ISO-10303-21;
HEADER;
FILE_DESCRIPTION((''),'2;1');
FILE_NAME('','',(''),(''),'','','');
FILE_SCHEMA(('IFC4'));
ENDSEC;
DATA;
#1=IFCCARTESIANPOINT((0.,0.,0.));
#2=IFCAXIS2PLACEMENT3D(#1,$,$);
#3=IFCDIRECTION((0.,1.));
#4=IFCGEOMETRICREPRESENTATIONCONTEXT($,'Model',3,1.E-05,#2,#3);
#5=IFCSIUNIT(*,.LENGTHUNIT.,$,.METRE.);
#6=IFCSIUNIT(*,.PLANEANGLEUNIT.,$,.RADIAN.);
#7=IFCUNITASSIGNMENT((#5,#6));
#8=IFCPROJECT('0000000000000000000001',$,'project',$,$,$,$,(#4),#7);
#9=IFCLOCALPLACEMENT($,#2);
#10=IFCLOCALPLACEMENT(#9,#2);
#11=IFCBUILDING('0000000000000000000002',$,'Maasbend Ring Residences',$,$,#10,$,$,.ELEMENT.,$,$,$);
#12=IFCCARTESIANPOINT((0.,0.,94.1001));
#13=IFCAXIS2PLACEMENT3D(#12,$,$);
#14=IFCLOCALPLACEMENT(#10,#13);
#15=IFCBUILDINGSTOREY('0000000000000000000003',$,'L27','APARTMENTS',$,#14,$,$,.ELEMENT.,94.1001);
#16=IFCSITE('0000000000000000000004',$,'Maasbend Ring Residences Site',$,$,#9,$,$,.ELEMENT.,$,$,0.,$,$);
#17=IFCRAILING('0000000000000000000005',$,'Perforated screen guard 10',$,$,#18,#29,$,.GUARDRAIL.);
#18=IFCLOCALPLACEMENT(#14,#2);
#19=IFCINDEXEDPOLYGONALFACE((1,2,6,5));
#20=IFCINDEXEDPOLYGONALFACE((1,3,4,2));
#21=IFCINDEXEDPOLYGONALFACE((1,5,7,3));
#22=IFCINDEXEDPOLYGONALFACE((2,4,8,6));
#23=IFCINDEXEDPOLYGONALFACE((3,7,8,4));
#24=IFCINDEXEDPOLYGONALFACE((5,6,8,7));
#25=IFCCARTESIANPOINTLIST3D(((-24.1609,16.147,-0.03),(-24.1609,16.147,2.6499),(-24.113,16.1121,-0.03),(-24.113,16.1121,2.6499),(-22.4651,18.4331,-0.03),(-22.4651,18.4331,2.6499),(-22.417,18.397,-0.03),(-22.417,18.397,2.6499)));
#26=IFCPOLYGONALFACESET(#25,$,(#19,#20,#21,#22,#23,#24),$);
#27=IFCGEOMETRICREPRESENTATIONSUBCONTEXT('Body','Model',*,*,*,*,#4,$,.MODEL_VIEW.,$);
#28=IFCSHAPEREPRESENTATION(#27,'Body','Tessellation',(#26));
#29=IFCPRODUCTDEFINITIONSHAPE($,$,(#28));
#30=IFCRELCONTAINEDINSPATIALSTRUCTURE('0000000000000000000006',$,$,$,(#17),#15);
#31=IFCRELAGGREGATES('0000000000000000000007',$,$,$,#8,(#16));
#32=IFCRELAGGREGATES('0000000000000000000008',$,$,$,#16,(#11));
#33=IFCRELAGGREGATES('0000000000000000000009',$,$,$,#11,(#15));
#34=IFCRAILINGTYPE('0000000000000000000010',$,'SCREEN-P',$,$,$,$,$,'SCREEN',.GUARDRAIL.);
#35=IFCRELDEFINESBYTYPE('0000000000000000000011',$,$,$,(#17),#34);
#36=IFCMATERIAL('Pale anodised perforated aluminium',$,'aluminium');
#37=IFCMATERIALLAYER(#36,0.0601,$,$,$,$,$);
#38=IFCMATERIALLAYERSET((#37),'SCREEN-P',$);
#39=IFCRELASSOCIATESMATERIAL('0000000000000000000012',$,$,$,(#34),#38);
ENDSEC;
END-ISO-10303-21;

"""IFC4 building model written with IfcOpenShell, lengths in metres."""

from ifc_helpers import new_model, si_unit, direction, frame, origin, place, context, subcontext, project, spatial, polyline, outline, extrude, material, layer, layer_set, type_object, element, save


model = new_model("IFC4")

# Units and contexts
model_context = context("Model", 3, precision=1e-05, world=origin(), true_north=direction((0.0, 1.0)))
body_context = subcontext(model_context, "Body", "Model", "MODEL_VIEW")
ifc_project = project(units=[si_unit("LENGTHUNIT", "METRE"), si_unit("PLANEANGLEUNIT", "RADIAN")], contexts=[model_context])

# Site, building, storey
site_placement = place(None, origin())
site = spatial("IfcSite", under=ifc_project, at=site_placement, Name="Maasbend Ring Residences Site", CompositionType="ELEMENT", RefElevation=0.0)
building_placement = place(site_placement, origin())
building = spatial("IfcBuilding", under=site, at=building_placement, Name="Maasbend Ring Residences", CompositionType="ELEMENT")
storey_placement = place(building_placement, frame((0.0, 0.0, 94.1001)))
storey = spatial("IfcBuildingStorey", under=building, at=storey_placement, Name="L27", Description="APARTMENTS", CompositionType="ELEMENT", Elevation=94.1001)

# Railing
ifc_material_1 = material(Name="Pale anodised perforated aluminium", Category="aluminium")
ifc_layer_1 = layer(ifc_material_1, 0.0601)
ifc_layer_set_1 = layer_set([ifc_layer_1], Name="SCREEN-P")
railing_type = type_object("IfcRailingType", Name="SCREEN-P", ElementType="SCREEN", PredefinedType="GUARDRAIL", material=ifc_layer_set_1)
railing_1_placement = place(storey_placement, frame((0.0, 0.0, -0.03)))
element("IfcRailing", 1, at=railing_1_placement, inside=storey, type_object=railing_type, Name="Perforated screen guard 10", PredefinedType="GUARDRAIL", context=body_context, shape_type="SweptSolid", body=[
    extrude(outline(polyline([(-22.417, 18.397), (-24.113, 16.1121), (-24.1609, 16.147), (-22.4651, 18.4331), (-22.417, 18.397)])), origin(), (0.0, 0.0, 1.0), 2.6799),
])

save(model, "model.ifc")
